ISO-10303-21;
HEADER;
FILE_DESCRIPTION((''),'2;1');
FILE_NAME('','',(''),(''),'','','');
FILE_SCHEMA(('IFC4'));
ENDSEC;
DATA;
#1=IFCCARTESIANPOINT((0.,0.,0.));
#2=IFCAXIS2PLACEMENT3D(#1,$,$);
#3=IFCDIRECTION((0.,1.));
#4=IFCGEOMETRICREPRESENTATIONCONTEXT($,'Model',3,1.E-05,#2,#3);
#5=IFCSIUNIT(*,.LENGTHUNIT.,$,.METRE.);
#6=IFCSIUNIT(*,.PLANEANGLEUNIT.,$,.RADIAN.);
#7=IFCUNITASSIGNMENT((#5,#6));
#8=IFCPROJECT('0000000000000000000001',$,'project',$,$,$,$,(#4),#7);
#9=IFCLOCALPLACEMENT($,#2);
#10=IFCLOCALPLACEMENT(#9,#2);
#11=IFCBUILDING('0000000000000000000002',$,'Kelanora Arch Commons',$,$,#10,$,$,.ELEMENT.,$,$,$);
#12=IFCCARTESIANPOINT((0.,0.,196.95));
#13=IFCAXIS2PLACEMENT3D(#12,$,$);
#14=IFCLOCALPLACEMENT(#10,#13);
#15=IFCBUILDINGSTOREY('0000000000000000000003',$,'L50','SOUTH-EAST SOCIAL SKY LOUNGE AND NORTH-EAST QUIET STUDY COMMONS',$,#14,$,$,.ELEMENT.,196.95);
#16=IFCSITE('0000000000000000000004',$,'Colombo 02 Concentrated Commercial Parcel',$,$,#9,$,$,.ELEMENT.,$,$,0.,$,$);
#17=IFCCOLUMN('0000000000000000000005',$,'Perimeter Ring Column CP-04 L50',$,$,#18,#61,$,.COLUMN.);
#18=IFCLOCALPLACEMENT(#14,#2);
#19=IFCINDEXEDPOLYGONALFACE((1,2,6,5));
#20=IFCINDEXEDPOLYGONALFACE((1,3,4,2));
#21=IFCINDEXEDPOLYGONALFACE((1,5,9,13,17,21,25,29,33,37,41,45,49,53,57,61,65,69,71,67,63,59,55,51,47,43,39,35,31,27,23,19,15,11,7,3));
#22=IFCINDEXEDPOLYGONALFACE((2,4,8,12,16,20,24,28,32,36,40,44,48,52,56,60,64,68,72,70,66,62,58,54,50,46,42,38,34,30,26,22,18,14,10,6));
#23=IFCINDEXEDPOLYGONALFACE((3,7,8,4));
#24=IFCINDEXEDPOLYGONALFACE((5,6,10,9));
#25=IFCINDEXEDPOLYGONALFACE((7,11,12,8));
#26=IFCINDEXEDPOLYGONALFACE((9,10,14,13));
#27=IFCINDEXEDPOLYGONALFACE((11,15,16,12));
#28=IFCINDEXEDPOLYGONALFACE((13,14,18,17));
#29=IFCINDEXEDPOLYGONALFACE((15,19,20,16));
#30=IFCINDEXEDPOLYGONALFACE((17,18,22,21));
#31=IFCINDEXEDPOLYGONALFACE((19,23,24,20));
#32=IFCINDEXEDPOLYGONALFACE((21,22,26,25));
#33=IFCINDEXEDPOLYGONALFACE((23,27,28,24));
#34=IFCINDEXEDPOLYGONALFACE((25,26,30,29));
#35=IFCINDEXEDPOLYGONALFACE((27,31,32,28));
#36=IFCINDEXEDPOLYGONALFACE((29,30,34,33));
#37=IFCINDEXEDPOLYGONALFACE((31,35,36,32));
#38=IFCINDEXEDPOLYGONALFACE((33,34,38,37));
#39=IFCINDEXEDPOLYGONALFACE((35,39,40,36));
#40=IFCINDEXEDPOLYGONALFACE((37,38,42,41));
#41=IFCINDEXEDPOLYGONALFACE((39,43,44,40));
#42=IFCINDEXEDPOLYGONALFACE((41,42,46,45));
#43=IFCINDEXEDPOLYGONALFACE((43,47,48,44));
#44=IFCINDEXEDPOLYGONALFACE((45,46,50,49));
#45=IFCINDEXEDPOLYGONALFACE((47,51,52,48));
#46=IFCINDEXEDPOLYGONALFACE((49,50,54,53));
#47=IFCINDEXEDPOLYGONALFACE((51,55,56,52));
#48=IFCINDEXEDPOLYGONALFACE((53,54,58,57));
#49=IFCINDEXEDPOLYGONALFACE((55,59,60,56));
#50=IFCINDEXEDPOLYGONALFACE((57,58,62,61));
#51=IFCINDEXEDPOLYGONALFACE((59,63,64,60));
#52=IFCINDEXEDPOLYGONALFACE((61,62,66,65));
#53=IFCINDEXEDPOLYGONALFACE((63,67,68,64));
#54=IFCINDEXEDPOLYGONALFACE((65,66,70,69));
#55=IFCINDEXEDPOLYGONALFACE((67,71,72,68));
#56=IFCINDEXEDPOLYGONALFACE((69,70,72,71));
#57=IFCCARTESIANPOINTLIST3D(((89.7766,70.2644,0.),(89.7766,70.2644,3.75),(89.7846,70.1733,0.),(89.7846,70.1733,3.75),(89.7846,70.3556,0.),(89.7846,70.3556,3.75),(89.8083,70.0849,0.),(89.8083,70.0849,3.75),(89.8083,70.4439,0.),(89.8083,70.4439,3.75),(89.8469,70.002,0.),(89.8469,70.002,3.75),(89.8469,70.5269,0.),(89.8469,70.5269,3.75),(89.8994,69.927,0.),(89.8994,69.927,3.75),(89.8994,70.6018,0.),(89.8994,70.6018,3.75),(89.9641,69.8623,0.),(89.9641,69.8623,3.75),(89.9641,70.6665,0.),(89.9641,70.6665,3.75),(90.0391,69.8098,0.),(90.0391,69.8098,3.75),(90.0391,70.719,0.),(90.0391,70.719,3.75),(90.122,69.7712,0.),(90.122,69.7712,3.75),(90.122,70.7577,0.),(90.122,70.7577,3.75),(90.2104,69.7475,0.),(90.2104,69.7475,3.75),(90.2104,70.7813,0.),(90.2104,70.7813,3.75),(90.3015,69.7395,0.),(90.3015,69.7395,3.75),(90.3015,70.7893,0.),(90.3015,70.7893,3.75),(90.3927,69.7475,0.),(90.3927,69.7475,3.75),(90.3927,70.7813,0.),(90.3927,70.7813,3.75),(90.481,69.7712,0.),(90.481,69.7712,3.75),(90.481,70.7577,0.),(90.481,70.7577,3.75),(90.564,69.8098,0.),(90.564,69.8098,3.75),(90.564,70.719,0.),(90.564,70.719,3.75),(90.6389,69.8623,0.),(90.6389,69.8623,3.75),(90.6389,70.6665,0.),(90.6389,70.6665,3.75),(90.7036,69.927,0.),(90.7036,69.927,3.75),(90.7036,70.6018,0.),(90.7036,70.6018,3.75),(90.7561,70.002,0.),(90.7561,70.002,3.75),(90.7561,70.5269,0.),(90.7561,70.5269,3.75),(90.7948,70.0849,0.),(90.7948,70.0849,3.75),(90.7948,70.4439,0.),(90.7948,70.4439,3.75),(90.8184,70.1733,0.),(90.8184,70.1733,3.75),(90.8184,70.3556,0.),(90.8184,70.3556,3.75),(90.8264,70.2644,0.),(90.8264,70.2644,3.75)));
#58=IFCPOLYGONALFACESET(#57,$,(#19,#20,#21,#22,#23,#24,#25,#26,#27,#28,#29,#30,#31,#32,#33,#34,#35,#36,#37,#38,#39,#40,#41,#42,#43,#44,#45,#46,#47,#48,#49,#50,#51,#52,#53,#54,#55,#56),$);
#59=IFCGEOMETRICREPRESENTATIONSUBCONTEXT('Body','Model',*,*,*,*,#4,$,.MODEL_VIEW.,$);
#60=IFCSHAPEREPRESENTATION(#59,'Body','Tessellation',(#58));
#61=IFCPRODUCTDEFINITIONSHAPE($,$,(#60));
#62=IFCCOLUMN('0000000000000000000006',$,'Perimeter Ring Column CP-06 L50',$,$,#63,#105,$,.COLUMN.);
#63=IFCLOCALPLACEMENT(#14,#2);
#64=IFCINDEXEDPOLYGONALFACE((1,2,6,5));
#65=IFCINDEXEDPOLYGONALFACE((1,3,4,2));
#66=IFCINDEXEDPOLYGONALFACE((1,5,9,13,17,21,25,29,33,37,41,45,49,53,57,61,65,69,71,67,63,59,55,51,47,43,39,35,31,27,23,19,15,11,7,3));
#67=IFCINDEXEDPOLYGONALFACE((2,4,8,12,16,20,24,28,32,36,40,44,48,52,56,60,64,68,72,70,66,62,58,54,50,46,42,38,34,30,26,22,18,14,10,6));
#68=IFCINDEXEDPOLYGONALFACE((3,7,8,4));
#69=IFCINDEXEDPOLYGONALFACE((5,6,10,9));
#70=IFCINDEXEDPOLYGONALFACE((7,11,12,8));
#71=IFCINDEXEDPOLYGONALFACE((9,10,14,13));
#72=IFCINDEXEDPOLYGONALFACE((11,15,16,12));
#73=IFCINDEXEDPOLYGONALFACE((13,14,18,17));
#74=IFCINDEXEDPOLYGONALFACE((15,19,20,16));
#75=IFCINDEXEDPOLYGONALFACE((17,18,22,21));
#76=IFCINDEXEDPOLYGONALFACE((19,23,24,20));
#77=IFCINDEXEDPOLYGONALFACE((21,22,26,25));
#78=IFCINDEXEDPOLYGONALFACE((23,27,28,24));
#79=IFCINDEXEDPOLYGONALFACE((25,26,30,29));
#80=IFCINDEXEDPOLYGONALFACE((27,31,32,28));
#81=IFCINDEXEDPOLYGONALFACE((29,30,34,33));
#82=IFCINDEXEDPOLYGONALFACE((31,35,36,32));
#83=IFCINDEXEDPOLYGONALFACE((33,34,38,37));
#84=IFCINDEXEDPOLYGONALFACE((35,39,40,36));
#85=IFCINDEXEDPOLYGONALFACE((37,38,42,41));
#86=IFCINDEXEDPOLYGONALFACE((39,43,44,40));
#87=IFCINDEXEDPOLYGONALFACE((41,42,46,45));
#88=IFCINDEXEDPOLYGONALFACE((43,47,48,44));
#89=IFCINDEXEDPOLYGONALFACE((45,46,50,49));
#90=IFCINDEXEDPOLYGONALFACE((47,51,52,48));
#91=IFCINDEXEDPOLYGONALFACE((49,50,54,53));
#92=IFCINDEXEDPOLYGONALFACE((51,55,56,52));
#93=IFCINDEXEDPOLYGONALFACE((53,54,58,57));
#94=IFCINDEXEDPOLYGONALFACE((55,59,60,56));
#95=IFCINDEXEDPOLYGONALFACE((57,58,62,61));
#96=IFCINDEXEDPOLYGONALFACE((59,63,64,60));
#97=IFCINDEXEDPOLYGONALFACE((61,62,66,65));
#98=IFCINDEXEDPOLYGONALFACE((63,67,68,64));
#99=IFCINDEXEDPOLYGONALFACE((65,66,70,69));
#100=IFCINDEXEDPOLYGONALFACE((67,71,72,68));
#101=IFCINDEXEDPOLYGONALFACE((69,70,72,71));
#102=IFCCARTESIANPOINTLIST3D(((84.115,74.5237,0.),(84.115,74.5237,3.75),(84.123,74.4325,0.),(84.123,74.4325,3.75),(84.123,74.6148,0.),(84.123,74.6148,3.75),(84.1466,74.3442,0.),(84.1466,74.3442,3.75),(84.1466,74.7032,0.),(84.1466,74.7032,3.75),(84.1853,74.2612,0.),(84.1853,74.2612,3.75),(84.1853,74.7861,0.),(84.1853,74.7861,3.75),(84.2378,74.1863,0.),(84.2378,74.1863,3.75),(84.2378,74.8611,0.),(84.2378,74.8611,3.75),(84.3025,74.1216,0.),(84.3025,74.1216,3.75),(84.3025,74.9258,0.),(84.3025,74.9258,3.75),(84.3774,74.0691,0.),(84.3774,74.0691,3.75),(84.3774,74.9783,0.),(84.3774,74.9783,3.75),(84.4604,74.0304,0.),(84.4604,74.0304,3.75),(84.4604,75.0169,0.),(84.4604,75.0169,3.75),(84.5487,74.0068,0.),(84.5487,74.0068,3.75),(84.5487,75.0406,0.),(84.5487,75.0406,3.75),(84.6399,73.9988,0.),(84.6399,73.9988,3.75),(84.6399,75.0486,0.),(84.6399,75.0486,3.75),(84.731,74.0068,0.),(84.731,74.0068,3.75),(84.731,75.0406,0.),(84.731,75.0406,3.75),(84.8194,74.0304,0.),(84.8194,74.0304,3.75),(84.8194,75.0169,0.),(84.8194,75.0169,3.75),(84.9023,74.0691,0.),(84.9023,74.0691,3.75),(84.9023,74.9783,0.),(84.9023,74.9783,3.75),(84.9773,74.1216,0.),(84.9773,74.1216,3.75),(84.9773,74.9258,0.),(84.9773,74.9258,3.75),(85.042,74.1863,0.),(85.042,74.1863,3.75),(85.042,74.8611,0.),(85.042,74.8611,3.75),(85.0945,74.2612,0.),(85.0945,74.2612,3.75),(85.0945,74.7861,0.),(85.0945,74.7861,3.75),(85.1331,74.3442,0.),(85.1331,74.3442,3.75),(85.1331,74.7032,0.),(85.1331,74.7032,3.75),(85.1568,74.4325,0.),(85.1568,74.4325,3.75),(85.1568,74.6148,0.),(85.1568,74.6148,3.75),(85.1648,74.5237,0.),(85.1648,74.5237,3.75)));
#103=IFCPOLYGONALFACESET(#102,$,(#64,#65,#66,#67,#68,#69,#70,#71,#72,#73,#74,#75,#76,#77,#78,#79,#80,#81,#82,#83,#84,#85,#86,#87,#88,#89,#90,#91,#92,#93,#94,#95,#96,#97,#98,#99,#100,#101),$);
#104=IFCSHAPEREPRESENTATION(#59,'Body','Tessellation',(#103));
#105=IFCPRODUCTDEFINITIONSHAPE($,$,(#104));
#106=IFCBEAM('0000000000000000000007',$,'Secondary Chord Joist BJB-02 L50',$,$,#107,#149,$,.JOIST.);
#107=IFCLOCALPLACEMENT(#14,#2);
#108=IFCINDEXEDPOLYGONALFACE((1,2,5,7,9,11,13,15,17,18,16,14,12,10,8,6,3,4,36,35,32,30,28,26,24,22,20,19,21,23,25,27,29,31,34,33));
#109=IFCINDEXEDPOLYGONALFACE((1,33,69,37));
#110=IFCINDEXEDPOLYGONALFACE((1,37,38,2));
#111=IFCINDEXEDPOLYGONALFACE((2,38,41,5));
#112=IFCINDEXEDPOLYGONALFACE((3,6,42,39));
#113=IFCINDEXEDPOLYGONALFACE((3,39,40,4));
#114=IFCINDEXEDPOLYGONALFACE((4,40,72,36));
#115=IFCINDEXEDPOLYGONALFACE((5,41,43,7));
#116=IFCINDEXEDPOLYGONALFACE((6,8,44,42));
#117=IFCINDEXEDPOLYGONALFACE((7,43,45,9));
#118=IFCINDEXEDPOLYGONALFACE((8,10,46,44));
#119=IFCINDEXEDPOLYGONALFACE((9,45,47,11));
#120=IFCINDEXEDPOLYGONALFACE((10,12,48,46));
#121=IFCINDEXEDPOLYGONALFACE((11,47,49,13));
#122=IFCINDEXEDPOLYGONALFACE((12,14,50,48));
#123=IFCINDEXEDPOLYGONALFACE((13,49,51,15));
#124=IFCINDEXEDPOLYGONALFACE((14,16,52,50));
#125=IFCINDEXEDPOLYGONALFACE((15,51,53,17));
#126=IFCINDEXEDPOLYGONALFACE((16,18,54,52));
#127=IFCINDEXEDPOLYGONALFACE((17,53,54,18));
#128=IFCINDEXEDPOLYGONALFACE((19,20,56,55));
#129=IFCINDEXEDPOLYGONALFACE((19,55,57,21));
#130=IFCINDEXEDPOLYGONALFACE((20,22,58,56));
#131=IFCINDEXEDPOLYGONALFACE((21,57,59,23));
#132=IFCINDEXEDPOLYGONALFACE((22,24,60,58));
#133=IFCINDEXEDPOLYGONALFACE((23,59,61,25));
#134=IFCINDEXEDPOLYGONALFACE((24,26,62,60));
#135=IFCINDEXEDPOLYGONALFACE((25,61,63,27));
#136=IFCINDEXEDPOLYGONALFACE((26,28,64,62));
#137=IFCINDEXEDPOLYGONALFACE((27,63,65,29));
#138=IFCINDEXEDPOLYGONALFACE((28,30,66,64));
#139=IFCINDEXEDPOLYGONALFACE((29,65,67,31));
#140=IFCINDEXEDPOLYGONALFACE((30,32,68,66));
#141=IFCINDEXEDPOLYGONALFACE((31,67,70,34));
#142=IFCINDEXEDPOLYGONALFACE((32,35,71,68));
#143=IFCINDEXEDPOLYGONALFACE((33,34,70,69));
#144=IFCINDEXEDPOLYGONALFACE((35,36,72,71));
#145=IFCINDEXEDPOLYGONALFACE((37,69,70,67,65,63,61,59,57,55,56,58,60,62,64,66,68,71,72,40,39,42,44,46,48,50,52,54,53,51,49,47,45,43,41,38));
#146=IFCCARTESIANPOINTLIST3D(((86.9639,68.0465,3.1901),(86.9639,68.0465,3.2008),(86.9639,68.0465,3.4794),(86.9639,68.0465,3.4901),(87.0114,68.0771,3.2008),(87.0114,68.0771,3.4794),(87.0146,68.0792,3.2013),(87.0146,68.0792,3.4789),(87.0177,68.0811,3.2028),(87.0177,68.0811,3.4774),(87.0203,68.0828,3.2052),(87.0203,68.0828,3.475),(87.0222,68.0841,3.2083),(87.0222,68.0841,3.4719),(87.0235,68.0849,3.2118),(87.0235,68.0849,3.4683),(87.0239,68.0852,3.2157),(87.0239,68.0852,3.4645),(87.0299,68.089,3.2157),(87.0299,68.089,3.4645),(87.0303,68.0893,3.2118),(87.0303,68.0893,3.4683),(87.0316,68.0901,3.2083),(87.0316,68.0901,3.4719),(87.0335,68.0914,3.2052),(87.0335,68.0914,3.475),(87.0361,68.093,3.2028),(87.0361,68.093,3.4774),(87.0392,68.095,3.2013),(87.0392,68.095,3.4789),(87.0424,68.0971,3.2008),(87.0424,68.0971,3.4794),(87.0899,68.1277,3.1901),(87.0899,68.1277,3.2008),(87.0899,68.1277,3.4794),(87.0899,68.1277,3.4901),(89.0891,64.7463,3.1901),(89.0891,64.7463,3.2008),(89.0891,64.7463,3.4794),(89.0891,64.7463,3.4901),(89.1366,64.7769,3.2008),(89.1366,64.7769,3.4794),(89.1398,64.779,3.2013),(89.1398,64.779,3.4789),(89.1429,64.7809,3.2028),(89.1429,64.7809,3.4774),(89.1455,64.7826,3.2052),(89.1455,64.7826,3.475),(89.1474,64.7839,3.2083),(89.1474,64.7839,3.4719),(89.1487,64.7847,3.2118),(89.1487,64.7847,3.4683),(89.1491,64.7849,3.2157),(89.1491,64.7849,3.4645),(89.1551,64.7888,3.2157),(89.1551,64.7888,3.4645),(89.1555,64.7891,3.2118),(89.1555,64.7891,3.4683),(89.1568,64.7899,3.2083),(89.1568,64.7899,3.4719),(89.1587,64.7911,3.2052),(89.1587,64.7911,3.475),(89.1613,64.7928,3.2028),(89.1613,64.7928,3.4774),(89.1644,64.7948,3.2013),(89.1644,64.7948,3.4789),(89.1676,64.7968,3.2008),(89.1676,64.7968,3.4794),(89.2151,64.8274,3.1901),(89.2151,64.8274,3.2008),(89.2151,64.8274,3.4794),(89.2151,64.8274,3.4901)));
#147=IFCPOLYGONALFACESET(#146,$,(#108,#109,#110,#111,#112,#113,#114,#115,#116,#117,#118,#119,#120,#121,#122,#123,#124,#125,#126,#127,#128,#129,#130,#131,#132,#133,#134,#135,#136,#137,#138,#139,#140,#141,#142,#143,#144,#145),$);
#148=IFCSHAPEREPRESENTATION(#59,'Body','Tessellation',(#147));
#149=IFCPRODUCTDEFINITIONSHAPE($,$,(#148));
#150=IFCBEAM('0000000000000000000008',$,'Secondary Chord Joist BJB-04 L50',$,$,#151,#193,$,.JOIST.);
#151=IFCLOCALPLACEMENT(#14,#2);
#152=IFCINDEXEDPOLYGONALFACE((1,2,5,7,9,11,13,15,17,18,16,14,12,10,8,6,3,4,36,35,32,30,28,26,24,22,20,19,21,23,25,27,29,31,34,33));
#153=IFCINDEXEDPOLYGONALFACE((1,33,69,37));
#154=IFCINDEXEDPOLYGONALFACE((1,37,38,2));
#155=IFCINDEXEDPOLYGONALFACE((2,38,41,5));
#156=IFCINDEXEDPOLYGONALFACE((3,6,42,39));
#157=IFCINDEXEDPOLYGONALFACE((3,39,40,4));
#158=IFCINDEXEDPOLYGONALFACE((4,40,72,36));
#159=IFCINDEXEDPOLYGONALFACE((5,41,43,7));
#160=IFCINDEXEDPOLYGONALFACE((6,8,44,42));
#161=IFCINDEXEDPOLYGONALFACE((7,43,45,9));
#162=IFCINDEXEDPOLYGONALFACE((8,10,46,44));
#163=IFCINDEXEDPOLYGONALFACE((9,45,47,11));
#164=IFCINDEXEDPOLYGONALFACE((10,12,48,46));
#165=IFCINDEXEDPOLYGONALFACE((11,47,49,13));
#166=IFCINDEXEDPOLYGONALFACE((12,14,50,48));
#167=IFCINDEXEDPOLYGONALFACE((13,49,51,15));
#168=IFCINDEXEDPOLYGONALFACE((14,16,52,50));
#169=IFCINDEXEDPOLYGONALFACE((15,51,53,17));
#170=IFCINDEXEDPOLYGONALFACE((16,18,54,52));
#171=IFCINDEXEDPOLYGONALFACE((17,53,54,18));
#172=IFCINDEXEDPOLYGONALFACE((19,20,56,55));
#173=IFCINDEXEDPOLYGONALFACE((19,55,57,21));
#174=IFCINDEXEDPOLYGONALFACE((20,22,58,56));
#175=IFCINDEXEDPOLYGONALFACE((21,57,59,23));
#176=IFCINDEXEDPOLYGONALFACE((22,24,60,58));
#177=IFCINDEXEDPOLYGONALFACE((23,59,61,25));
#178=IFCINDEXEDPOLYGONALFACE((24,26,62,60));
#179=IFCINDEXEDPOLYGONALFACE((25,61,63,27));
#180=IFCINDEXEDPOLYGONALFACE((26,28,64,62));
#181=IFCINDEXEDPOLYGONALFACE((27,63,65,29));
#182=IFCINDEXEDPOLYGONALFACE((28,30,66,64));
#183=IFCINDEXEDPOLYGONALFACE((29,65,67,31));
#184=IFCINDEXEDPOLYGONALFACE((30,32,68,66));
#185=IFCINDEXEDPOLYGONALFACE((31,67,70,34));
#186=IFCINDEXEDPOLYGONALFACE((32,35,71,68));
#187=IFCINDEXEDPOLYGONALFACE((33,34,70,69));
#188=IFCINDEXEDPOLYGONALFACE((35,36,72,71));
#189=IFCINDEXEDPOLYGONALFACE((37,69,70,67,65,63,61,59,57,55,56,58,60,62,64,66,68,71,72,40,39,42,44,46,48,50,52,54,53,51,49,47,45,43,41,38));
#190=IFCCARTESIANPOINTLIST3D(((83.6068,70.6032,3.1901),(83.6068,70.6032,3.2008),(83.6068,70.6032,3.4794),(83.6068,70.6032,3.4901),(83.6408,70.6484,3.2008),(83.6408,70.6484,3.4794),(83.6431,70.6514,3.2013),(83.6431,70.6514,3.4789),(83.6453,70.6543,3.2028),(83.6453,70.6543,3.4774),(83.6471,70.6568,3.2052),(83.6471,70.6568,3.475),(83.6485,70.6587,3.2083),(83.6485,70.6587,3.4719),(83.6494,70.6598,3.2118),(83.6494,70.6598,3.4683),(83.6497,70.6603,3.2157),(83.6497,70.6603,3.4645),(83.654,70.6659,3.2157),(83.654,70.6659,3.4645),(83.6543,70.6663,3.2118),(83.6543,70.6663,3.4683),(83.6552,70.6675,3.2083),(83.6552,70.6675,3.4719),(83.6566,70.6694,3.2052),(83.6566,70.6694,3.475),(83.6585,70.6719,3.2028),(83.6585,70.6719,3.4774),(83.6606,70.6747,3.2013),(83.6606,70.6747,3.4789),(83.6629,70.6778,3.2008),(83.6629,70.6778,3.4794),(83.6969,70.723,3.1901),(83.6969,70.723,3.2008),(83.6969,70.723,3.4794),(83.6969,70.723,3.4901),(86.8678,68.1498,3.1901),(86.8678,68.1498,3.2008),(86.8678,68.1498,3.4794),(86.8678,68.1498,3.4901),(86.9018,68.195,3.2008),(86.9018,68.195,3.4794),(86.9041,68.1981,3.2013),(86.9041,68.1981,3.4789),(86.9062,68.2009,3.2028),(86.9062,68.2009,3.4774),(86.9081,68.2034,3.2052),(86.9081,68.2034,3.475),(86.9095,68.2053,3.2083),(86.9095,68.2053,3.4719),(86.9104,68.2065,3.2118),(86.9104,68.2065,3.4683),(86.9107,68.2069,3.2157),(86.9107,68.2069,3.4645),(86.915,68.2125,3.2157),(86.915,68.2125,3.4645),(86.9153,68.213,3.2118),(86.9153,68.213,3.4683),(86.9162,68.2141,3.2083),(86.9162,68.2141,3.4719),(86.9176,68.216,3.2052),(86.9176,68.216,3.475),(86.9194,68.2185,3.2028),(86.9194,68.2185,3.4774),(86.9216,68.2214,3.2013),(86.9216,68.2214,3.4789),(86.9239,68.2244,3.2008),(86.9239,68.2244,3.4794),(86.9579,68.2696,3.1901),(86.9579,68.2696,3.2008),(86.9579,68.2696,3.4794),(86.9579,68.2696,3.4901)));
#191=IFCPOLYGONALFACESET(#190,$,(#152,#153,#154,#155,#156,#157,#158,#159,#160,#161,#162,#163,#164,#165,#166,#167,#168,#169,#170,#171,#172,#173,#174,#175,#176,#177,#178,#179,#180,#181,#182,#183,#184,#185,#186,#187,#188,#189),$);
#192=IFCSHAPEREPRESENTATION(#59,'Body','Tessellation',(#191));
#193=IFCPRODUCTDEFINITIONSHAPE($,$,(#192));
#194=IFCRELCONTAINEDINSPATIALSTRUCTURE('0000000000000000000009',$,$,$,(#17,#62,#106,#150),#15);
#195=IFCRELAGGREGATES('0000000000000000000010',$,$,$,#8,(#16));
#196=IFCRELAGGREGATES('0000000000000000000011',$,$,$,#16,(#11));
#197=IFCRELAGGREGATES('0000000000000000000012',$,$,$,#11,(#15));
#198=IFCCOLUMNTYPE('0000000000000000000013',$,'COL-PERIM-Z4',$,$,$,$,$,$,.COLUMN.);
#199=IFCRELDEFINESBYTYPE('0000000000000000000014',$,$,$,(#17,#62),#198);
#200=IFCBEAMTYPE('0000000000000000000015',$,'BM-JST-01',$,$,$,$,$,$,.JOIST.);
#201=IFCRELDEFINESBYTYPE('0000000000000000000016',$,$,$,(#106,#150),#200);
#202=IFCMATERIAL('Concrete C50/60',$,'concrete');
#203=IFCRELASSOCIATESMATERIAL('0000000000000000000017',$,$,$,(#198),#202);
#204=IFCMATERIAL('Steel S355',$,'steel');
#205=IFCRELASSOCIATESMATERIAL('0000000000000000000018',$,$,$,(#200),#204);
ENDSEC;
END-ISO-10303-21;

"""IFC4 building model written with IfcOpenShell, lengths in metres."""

from ifc_helpers import new_model, si_unit, direction, frame, origin, origin_2d, place, context, subcontext, project, spatial, circle, i_section, extrude, material, material_profile, profile_set, type_object, element, save


model = new_model("IFC4")

# Units and contexts
model_context = context("Model", 3, precision=1e-05, world=origin(), true_north=direction((0.0, 1.0)))
body_context = subcontext(model_context, "Body", "Model", "MODEL_VIEW")
ifc_project = project(units=[si_unit("LENGTHUNIT", "METRE"), si_unit("PLANEANGLEUNIT", "RADIAN")], contexts=[model_context])

# Site, building, storey
site_placement = place(None, origin())
site = spatial("IfcSite", under=ifc_project, at=site_placement, Name="Colombo 02 Concentrated Commercial Parcel", CompositionType="ELEMENT", RefElevation=0.0)
building_placement = place(site_placement, origin())
building = spatial("IfcBuilding", under=site, at=building_placement, Name="Kelanora Arch Commons", CompositionType="ELEMENT")
storey_placement = place(building_placement, frame((0.0, 0.0, 196.95)))
storey = spatial("IfcBuildingStorey", under=building, at=storey_placement, Name="L50", Description="SOUTH-EAST SOCIAL SKY LOUNGE AND NORTH-EAST QUIET STUDY COMMONS", CompositionType="ELEMENT", Elevation=196.95)

# Columns
ifc_material_1 = material(Name="Concrete C50/60", Category="concrete")
ifc_material_profile_1 = material_profile(ifc_material_1, circle(Radius=0.5249, at=origin_2d()), Name="RCC1050")
ifc_profile_set_1 = profile_set([ifc_material_profile_1], Name="Concrete C50/60")
column_type = type_object("IfcColumnType", Name="COL-PERIM-Z4", PredefinedType="COLUMN", material=ifc_profile_set_1)
for number, where, z_axis, x_axis, name in (
    (1, (90.3015, 70.2644, 0.0), (0.0, 0.0, 1.0), (1.0, 0.0, 0.0), "Perimeter Ring Column CP-04 L50"),
    (2, (84.6399, 74.5237, 0.0), (0.0, 0.0, 1.0), (1.0, 0.0, 0.0), "Perimeter Ring Column CP-06 L50"),
):
    element("IfcColumn", number, at=place(storey_placement, frame(where, z_axis=z_axis, x_axis=x_axis)), inside=storey, type_object=column_type, Name=name, PredefinedType="COLUMN", context=body_context, shape_type="SweptSolid", body=[
        extrude(circle(Radius=0.5249, at=origin_2d()), origin(), (0.0, 0.0, 1.0), 3.75),
    ])

# Beams
ifc_material_2 = material(Name="Steel S355", Category="steel")
ifc_material_profile_2 = material_profile(ifc_material_2, i_section(OverallWidth=0.1499, OverallDepth=0.3, WebThickness=0.0071, FlangeThickness=0.0107, FilletRadius=0.0149, at=origin_2d()), Name="IPE300")
ifc_profile_set_2 = profile_set([ifc_material_profile_2], Name="Steel S355")
beam_type_1 = type_object("IfcBeamType", Name="BM-JST-01", PredefinedType="JOIST", material=ifc_profile_set_2)
beam_1_placement = place(storey_placement, frame((89.1521, 64.7869, 3.3401), z_axis=(-0.541411, 0.840758, 0.0), x_axis=(-0.840758, -0.541411, 0.0)))
element("IfcBeam", 3, at=beam_1_placement, inside=storey, type_object=beam_type_1, Name="Secondary Chord Joist BJB-02 L50", PredefinedType="JOIST", context=body_context, shape_type="SweptSolid", body=[
    extrude(i_section(OverallWidth=0.1499, OverallDepth=0.3, WebThickness=0.0071, FlangeThickness=0.0107, FilletRadius=0.0149, at=origin_2d()), origin(), (0.0, 0.0, 1.0), 3.9253),
])
beam_2_placement = place(storey_placement, frame((86.9128, 68.2097, 3.3401), z_axis=(-0.799102, 0.601196, 0.0), x_axis=(-0.601196, -0.799102, 0.0)))
element("IfcBeam", 4, at=beam_2_placement, inside=storey, type_object=beam_type_1, Name="Secondary Chord Joist BJB-04 L50", PredefinedType="JOIST", context=body_context, shape_type="SweptSolid", body=[
    extrude(i_section(OverallWidth=0.1499, OverallDepth=0.3, WebThickness=0.0071, FlangeThickness=0.0107, FilletRadius=0.0149, at=origin_2d()), origin(), (0.0, 0.0, 1.0), 4.0808),
])

save(model, "model.ifc")
